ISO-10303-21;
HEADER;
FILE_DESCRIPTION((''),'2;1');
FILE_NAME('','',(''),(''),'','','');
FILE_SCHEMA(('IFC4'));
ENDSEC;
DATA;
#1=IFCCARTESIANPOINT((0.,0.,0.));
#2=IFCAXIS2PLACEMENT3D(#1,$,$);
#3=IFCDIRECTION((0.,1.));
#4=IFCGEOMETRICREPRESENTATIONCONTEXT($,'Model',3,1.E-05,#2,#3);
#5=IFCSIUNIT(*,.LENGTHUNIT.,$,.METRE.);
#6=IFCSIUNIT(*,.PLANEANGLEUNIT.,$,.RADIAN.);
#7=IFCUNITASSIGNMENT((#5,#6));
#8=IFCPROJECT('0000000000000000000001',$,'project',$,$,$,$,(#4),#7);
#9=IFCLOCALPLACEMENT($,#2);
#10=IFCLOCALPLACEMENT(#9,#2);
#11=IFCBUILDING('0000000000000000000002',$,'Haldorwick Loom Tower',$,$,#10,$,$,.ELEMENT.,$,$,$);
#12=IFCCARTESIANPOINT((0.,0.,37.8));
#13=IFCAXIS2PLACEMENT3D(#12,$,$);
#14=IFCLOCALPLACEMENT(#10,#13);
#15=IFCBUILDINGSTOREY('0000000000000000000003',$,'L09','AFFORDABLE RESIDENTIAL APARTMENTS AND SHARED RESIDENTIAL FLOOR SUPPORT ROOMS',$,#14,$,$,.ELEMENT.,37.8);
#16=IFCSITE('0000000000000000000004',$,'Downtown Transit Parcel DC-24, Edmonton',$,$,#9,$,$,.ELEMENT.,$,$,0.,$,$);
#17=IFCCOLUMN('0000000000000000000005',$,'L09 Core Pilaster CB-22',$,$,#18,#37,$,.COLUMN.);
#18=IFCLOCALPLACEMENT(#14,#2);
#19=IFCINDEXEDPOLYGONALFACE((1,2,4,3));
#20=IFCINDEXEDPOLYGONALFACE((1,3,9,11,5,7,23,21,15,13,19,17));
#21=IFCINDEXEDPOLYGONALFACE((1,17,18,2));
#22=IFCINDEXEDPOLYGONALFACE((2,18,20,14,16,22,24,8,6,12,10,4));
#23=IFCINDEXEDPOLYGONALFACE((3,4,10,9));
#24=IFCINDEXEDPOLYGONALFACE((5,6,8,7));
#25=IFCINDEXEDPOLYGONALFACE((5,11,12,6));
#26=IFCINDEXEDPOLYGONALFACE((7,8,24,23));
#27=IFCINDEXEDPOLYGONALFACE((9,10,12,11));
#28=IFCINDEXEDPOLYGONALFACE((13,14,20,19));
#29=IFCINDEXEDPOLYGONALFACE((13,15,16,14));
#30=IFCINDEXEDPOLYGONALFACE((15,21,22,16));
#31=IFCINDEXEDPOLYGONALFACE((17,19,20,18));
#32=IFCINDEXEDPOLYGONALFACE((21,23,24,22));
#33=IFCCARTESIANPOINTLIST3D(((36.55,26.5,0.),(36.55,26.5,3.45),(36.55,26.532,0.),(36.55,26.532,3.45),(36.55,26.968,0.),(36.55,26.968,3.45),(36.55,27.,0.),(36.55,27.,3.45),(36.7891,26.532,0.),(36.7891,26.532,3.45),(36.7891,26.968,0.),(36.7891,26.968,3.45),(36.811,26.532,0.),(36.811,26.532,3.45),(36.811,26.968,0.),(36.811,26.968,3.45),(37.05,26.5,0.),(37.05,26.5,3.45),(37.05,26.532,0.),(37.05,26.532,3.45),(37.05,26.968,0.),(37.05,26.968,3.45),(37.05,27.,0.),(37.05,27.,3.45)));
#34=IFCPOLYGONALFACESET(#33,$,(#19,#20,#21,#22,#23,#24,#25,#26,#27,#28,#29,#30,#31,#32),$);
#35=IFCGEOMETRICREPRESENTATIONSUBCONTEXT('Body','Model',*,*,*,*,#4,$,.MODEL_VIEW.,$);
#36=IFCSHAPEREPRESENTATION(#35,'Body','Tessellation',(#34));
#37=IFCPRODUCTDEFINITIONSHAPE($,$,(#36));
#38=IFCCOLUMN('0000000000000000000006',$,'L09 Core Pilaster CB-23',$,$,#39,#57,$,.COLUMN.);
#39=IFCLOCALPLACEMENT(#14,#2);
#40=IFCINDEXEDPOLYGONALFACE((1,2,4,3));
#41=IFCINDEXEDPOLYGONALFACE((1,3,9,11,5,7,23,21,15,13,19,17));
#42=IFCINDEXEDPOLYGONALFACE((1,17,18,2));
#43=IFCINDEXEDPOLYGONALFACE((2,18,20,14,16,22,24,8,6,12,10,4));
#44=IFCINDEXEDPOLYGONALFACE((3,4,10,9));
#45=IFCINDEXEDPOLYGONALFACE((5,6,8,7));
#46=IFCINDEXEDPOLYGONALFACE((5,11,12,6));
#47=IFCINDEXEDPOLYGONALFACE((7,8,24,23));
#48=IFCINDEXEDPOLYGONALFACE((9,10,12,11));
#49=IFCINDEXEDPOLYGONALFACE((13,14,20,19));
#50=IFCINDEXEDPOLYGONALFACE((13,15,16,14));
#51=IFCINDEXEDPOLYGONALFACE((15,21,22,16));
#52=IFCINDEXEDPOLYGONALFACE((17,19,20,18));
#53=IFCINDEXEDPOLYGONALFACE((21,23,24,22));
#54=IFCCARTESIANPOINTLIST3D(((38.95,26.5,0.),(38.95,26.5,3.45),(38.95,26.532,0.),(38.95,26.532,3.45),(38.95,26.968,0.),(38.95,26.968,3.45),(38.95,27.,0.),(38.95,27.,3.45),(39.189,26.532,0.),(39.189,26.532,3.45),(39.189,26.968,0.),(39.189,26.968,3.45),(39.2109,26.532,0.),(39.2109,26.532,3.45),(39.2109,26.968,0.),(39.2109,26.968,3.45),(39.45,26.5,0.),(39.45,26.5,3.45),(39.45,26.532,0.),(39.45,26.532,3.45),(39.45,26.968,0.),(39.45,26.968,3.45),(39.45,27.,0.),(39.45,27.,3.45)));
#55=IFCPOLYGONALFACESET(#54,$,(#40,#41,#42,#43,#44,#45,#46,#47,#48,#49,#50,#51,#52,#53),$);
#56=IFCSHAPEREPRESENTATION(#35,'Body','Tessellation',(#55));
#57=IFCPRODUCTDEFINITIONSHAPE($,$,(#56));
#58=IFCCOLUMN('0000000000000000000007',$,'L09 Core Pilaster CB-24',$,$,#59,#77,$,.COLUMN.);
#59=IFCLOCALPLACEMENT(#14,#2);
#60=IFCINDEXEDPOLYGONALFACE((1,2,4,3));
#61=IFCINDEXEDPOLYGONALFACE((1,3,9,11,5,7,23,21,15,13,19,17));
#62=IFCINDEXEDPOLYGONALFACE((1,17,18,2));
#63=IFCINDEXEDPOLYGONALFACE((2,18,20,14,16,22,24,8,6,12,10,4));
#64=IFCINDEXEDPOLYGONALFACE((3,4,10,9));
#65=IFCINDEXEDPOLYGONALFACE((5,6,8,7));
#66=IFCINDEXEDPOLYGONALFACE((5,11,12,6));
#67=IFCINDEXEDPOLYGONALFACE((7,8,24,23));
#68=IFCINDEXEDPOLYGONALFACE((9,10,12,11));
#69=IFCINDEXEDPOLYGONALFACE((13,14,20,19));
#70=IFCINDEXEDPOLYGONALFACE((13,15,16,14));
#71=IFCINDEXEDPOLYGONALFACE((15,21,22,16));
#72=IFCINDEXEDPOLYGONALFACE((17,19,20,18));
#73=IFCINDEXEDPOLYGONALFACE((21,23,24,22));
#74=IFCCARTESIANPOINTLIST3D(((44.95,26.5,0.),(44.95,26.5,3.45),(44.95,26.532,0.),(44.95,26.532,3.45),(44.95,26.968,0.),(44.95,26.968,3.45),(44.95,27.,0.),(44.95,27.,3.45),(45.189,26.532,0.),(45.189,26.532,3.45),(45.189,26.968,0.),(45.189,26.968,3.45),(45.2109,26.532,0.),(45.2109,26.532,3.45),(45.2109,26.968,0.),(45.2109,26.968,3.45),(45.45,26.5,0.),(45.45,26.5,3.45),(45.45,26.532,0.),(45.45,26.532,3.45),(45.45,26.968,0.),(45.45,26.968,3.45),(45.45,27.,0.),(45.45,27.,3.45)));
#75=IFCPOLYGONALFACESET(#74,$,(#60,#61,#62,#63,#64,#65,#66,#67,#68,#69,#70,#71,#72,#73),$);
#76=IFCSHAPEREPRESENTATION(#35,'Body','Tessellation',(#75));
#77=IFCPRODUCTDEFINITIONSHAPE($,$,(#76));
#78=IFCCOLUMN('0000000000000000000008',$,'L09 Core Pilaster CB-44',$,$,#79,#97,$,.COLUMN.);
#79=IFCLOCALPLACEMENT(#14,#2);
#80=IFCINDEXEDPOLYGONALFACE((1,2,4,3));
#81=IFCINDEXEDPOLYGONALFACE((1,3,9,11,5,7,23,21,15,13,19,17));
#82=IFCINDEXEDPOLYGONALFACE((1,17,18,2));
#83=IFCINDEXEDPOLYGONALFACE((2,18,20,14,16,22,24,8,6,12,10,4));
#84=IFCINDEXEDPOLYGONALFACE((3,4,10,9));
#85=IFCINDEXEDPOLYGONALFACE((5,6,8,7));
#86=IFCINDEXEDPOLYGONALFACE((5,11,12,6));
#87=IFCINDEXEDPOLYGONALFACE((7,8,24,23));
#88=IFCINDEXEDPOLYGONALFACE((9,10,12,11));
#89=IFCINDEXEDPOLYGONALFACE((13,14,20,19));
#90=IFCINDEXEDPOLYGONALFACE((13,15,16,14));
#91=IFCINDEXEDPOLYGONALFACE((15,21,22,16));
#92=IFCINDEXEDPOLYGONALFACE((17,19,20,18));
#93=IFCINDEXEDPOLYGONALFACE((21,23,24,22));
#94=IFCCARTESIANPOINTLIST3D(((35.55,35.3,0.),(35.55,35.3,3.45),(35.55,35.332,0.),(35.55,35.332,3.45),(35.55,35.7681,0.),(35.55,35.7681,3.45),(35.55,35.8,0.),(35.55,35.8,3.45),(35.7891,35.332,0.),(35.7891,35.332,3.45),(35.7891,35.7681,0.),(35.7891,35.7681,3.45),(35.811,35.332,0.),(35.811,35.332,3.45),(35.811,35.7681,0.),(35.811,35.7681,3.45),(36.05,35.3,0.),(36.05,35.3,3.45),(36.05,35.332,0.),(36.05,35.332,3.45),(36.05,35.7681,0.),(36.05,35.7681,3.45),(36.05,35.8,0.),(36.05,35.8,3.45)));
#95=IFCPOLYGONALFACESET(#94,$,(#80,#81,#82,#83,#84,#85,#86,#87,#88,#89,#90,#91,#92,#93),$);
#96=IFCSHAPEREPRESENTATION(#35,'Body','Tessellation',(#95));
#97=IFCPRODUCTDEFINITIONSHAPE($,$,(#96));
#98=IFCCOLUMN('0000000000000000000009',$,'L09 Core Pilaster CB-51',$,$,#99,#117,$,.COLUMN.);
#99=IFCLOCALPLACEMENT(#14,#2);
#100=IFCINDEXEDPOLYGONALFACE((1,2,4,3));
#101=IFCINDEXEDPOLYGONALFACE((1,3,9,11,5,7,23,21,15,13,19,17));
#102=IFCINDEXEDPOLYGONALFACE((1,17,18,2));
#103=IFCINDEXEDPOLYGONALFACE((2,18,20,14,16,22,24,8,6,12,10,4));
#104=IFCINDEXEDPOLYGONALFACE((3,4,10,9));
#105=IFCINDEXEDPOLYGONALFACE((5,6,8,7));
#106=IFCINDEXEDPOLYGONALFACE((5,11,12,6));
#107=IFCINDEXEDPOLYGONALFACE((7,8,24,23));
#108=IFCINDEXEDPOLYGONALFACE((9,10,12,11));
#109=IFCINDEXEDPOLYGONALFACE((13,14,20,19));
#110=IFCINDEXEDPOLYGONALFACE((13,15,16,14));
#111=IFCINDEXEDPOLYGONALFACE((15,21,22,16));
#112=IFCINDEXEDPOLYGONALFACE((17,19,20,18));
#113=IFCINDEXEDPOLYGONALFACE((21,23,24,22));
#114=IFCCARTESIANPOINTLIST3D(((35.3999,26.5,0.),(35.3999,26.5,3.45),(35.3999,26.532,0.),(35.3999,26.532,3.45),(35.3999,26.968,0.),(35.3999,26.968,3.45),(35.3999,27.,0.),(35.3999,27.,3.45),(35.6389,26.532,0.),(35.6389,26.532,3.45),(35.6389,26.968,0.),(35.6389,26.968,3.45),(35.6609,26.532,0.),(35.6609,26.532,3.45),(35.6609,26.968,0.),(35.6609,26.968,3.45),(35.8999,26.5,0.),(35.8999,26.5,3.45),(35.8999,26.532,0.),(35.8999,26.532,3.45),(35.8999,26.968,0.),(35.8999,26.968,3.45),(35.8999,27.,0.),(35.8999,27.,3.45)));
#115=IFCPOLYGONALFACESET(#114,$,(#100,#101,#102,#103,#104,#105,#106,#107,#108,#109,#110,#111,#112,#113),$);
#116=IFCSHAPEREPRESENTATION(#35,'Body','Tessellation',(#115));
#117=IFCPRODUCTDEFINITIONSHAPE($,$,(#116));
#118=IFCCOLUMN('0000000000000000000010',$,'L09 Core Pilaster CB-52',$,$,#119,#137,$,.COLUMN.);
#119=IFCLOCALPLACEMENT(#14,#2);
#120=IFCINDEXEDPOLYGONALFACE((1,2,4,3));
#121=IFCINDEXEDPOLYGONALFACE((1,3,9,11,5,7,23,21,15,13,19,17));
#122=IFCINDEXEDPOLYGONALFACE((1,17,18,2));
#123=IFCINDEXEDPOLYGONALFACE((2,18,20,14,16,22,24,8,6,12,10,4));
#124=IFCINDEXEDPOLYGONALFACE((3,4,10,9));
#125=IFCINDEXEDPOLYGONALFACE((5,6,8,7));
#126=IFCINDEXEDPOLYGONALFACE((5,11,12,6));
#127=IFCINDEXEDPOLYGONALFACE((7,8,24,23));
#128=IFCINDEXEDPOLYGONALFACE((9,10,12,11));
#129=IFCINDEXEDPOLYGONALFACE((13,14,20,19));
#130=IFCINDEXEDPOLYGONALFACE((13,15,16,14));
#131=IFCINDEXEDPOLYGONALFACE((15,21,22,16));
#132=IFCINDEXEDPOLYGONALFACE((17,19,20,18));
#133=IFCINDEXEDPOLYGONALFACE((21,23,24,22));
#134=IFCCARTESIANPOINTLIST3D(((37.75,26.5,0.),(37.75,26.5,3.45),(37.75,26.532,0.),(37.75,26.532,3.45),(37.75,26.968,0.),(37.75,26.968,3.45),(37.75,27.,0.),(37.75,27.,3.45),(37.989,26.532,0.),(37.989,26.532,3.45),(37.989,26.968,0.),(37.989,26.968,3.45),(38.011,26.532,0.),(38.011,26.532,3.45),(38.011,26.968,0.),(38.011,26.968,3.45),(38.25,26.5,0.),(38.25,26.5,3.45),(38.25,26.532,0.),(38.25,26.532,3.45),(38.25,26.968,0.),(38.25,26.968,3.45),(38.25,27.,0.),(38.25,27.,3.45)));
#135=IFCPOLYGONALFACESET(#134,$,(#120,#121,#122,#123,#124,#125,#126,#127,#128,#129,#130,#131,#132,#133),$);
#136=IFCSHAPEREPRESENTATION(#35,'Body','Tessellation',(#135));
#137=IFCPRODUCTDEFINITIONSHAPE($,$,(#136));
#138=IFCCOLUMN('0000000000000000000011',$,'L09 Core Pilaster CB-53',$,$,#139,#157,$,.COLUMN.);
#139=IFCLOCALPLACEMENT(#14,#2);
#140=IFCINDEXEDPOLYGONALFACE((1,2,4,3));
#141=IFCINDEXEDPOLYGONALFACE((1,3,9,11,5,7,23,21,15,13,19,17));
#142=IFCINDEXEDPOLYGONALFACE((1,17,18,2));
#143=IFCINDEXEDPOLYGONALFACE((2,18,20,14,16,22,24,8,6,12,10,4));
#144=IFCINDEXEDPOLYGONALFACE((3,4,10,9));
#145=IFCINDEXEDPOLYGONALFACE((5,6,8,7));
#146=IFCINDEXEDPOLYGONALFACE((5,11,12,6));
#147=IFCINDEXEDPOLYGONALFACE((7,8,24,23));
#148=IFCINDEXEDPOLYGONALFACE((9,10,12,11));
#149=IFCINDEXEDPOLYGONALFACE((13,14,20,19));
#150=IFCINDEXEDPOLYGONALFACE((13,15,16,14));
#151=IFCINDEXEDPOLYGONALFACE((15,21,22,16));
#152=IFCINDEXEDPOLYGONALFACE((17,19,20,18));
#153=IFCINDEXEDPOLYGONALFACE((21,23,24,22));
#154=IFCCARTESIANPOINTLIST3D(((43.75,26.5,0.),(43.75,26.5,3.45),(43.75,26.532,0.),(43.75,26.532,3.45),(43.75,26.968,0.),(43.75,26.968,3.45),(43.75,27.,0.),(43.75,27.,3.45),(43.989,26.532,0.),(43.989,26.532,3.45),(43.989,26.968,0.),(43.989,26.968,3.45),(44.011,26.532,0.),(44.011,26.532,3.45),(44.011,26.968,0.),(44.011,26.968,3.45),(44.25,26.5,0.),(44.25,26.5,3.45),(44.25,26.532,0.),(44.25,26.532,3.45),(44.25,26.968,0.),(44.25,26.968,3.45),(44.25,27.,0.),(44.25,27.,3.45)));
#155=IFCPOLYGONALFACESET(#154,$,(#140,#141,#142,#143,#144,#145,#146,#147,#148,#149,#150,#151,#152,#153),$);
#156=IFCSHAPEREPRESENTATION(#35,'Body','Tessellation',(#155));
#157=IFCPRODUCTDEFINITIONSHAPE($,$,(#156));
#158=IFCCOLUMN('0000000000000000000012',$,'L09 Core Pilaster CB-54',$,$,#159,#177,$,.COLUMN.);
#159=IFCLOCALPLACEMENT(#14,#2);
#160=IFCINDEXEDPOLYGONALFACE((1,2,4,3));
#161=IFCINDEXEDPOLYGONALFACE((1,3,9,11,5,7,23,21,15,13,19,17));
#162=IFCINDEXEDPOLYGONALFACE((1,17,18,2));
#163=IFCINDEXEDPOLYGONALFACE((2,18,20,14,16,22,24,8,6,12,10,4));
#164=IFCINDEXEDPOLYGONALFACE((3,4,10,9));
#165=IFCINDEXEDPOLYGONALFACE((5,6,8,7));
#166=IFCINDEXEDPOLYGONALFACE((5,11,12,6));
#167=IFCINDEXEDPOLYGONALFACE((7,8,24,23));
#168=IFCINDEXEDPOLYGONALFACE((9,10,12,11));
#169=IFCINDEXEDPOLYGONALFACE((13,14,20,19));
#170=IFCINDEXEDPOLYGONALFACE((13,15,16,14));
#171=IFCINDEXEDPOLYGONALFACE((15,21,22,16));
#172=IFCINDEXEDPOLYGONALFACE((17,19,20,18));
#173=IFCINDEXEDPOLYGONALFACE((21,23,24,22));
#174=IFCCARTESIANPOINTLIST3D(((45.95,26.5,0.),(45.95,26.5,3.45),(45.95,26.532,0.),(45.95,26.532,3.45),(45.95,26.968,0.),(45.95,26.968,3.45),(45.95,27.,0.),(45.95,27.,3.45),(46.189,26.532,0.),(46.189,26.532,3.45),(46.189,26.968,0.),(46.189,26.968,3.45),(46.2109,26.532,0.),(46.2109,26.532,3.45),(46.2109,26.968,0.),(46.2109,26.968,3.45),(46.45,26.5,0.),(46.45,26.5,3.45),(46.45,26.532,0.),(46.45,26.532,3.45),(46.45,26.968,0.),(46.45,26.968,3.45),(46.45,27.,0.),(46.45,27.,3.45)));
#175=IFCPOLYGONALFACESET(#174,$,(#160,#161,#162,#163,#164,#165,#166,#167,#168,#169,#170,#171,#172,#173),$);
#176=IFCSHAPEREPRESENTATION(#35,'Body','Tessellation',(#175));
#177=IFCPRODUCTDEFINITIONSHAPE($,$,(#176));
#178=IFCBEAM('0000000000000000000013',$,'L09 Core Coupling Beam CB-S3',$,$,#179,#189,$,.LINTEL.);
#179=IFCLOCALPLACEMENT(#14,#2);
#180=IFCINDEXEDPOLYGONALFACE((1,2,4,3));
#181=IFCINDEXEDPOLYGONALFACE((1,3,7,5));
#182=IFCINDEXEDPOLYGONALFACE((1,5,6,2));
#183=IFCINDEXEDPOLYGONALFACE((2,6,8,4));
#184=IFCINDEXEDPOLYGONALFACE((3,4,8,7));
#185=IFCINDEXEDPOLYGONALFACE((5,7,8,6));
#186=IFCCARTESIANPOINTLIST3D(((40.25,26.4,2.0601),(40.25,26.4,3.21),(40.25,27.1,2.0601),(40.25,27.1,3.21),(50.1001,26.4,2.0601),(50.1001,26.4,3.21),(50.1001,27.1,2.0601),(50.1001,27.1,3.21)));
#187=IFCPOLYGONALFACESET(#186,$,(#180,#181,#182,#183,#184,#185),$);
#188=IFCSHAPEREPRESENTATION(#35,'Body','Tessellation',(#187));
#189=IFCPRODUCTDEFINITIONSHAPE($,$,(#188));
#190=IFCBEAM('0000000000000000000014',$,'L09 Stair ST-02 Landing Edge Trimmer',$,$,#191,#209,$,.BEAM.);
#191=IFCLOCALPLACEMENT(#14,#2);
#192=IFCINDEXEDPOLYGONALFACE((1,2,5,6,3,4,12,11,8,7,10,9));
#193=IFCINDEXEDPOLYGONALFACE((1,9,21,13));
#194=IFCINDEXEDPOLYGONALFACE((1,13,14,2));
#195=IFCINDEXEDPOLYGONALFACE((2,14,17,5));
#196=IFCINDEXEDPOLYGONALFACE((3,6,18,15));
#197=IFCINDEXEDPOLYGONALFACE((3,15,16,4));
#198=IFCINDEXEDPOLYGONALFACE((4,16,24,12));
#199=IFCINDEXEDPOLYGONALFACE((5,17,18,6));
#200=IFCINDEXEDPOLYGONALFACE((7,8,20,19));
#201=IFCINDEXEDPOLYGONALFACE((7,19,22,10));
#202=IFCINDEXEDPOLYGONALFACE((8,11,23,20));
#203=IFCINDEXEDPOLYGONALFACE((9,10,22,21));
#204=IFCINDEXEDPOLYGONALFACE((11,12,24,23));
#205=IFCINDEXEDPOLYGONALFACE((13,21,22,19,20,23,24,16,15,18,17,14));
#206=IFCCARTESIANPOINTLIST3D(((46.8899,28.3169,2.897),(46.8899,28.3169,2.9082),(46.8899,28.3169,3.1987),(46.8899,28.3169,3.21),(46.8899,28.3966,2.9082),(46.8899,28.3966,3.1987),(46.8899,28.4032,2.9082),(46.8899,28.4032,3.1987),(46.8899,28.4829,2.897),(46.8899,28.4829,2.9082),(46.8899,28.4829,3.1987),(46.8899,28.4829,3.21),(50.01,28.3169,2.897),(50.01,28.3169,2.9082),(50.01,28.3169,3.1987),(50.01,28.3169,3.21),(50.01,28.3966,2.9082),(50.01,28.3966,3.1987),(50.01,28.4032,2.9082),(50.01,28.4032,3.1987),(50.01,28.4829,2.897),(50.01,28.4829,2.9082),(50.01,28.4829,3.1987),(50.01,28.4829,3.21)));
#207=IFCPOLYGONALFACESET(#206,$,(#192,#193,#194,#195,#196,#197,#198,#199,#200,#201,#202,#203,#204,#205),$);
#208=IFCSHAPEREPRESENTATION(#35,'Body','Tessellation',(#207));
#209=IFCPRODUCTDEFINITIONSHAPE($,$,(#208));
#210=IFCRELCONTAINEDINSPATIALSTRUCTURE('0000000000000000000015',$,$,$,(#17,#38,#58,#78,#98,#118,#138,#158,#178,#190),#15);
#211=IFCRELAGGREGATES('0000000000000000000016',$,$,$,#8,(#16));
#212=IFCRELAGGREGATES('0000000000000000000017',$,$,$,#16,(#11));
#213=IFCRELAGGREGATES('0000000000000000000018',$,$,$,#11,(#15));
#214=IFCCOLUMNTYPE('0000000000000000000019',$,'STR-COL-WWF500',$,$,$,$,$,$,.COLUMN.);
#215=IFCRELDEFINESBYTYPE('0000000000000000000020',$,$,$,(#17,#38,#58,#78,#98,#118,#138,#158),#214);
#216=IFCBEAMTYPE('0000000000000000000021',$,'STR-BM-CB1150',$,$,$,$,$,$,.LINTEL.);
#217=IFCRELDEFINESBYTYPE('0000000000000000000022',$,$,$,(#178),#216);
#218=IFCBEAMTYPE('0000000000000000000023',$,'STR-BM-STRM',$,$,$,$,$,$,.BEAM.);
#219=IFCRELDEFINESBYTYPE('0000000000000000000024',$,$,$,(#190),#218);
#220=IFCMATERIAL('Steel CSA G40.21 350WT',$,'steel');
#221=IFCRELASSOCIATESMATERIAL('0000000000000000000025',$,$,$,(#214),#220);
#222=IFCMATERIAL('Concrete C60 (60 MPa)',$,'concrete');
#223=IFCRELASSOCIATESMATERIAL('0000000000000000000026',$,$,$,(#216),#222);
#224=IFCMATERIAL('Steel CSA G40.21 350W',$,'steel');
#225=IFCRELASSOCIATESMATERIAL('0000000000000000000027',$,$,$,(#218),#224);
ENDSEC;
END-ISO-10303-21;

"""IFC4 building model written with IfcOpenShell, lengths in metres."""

from ifc_helpers import new_model, si_unit, direction, frame, origin, origin_2d, place, context, subcontext, project, spatial, rectangle, i_section, extrude, material, material_profile, profile_set, type_object, element, save


model = new_model("IFC4")

# Units and contexts
model_context = context("Model", 3, precision=1e-05, world=origin(), true_north=direction((0.0, 1.0)))
body_context = subcontext(model_context, "Body", "Model", "MODEL_VIEW")
ifc_project = project(units=[si_unit("LENGTHUNIT", "METRE"), si_unit("PLANEANGLEUNIT", "RADIAN")], contexts=[model_context])

# Site, building, storey
site_placement = place(None, origin())
site = spatial("IfcSite", under=ifc_project, at=site_placement, Name="Downtown Transit Parcel DC-24, Edmonton", CompositionType="ELEMENT", RefElevation=0.0)
building_placement = place(site_placement, origin())
building = spatial("IfcBuilding", under=site, at=building_placement, Name="Haldorwick Loom Tower", CompositionType="ELEMENT")
storey_placement = place(building_placement, frame((0.0, 0.0, 37.8)))
storey = spatial("IfcBuildingStorey", under=building, at=storey_placement, Name="L09", Description="AFFORDABLE RESIDENTIAL APARTMENTS AND SHARED RESIDENTIAL FLOOR SUPPORT ROOMS", CompositionType="ELEMENT", Elevation=37.8)

# Columns
ifc_material_1 = material(Name="Steel CSA G40.21 350WT", Category="steel")
ifc_material_profile_1 = material_profile(ifc_material_1, i_section(OverallWidth=0.5, OverallDepth=0.5, WebThickness=0.022, FlangeThickness=0.032, at=origin_2d()), Name="WWF500X500", Category="steel")
ifc_profile_set_1 = profile_set([ifc_material_profile_1], Name="Steel CSA G40.21 350WT")
column_type = type_object("IfcColumnType", Name="STR-COL-WWF500", PredefinedType="COLUMN", material=ifc_profile_set_1)
for number, where, z_axis, x_axis, name in (
    (1, (36.8, 26.75, 0.0), (0.0, 0.0, 1.0), (1.0, 0.0, 0.0), "L09 Core Pilaster CB-22"),
    (2, (39.2, 26.75, 0.0), (0.0, 0.0, 1.0), (1.0, 0.0, 0.0), "L09 Core Pilaster CB-23"),
    (3, (45.2, 26.75, 0.0), (0.0, 0.0, 1.0), (1.0, 0.0, 0.0), "L09 Core Pilaster CB-24"),
    (4, (35.8, 35.55, 0.0), (0.0, 0.0, 1.0), (1.0, 0.0, 0.0), "L09 Core Pilaster CB-44"),
    (5, (35.6499, 26.75, 0.0), (0.0, 0.0, 1.0), (1.0, 0.0, 0.0), "L09 Core Pilaster CB-51"),
    (6, (38.0, 26.75, 0.0), (0.0, 0.0, 1.0), (1.0, 0.0, 0.0), "L09 Core Pilaster CB-52"),
    (7, (44.0, 26.75, 0.0), (0.0, 0.0, 1.0), (1.0, 0.0, 0.0), "L09 Core Pilaster CB-53"),
    (8, (46.2, 26.75, 0.0), (0.0, 0.0, 1.0), (1.0, 0.0, 0.0), "L09 Core Pilaster CB-54"),
):
    element("IfcColumn", number, at=place(storey_placement, frame(where, z_axis=z_axis, x_axis=x_axis)), inside=storey, type_object=column_type, Name=name, PredefinedType="COLUMN", context=body_context, shape_type="SweptSolid", body=[
        extrude(i_section(OverallWidth=0.5, OverallDepth=0.5, WebThickness=0.022, FlangeThickness=0.032, at=origin_2d()), origin(), (0.0, 0.0, 1.0), 3.45),
    ])

# Beams
ifc_material_2 = material(Name="Concrete C60 (60 MPa)", Category="concrete")
ifc_material_profile_2 = material_profile(ifc_material_2, rectangle(XDim=0.7, YDim=1.1499, at=origin_2d()), Name="RC700X1150", Category="concrete")
ifc_profile_set_2 = profile_set([ifc_material_profile_2], Name="Concrete C60 (60 MPa)")
beam_type_1 = type_object("IfcBeamType", Name="STR-BM-CB1150", PredefinedType="LINTEL", material=ifc_profile_set_2)
beam_placement = place(storey_placement, frame((40.25, 26.75, 2.635), z_axis=(1.0, 0.0, 0.0), x_axis=(0.0, 1.0, 0.0)))
element("IfcBeam", 9, at=beam_placement, inside=storey, type_object=beam_type_1, Name="L09 Core Coupling Beam CB-S3", PredefinedType="LINTEL", context=body_context, shape_type="SweptSolid", body=[
    extrude(rectangle(XDim=0.7, YDim=1.1499, at=origin_2d()), origin(), (0.0, 0.0, 1.0), 9.8501),
])
ifc_material_3 = material(Name="Steel CSA G40.21 350W", Category="steel")
ifc_material_profile_3 = material_profile(ifc_material_3, i_section(OverallWidth=0.166, OverallDepth=0.313, WebThickness=0.0066, FlangeThickness=0.0112, at=origin_2d()), Name="W310X45", Category="steel")
ifc_profile_set_3 = profile_set([ifc_material_profile_3], Name="Steel CSA G40.21 350W")
beam_type_2 = type_object("IfcBeamType", Name="STR-BM-STRM", PredefinedType="BEAM", material=ifc_profile_set_3)
for number, where, z_axis, x_axis, name in (
    (10, (46.8899, 28.3999, 3.0535), (1.0, 0.0, 0.0), (0.0, 1.0, 0.0), "L09 Stair ST-02 Landing Edge Trimmer"),
):
    element("IfcBeam", number, at=place(storey_placement, frame(where, z_axis=z_axis, x_axis=x_axis)), inside=storey, type_object=beam_type_2, Name=name, PredefinedType="BEAM", context=body_context, shape_type="SweptSolid", body=[
        extrude(i_section(OverallWidth=0.166, OverallDepth=0.313, WebThickness=0.0066, FlangeThickness=0.0112, at=origin_2d()), origin(), (0.0, 0.0, 1.0), 3.1201),
    ])

save(model, "model.ifc")
